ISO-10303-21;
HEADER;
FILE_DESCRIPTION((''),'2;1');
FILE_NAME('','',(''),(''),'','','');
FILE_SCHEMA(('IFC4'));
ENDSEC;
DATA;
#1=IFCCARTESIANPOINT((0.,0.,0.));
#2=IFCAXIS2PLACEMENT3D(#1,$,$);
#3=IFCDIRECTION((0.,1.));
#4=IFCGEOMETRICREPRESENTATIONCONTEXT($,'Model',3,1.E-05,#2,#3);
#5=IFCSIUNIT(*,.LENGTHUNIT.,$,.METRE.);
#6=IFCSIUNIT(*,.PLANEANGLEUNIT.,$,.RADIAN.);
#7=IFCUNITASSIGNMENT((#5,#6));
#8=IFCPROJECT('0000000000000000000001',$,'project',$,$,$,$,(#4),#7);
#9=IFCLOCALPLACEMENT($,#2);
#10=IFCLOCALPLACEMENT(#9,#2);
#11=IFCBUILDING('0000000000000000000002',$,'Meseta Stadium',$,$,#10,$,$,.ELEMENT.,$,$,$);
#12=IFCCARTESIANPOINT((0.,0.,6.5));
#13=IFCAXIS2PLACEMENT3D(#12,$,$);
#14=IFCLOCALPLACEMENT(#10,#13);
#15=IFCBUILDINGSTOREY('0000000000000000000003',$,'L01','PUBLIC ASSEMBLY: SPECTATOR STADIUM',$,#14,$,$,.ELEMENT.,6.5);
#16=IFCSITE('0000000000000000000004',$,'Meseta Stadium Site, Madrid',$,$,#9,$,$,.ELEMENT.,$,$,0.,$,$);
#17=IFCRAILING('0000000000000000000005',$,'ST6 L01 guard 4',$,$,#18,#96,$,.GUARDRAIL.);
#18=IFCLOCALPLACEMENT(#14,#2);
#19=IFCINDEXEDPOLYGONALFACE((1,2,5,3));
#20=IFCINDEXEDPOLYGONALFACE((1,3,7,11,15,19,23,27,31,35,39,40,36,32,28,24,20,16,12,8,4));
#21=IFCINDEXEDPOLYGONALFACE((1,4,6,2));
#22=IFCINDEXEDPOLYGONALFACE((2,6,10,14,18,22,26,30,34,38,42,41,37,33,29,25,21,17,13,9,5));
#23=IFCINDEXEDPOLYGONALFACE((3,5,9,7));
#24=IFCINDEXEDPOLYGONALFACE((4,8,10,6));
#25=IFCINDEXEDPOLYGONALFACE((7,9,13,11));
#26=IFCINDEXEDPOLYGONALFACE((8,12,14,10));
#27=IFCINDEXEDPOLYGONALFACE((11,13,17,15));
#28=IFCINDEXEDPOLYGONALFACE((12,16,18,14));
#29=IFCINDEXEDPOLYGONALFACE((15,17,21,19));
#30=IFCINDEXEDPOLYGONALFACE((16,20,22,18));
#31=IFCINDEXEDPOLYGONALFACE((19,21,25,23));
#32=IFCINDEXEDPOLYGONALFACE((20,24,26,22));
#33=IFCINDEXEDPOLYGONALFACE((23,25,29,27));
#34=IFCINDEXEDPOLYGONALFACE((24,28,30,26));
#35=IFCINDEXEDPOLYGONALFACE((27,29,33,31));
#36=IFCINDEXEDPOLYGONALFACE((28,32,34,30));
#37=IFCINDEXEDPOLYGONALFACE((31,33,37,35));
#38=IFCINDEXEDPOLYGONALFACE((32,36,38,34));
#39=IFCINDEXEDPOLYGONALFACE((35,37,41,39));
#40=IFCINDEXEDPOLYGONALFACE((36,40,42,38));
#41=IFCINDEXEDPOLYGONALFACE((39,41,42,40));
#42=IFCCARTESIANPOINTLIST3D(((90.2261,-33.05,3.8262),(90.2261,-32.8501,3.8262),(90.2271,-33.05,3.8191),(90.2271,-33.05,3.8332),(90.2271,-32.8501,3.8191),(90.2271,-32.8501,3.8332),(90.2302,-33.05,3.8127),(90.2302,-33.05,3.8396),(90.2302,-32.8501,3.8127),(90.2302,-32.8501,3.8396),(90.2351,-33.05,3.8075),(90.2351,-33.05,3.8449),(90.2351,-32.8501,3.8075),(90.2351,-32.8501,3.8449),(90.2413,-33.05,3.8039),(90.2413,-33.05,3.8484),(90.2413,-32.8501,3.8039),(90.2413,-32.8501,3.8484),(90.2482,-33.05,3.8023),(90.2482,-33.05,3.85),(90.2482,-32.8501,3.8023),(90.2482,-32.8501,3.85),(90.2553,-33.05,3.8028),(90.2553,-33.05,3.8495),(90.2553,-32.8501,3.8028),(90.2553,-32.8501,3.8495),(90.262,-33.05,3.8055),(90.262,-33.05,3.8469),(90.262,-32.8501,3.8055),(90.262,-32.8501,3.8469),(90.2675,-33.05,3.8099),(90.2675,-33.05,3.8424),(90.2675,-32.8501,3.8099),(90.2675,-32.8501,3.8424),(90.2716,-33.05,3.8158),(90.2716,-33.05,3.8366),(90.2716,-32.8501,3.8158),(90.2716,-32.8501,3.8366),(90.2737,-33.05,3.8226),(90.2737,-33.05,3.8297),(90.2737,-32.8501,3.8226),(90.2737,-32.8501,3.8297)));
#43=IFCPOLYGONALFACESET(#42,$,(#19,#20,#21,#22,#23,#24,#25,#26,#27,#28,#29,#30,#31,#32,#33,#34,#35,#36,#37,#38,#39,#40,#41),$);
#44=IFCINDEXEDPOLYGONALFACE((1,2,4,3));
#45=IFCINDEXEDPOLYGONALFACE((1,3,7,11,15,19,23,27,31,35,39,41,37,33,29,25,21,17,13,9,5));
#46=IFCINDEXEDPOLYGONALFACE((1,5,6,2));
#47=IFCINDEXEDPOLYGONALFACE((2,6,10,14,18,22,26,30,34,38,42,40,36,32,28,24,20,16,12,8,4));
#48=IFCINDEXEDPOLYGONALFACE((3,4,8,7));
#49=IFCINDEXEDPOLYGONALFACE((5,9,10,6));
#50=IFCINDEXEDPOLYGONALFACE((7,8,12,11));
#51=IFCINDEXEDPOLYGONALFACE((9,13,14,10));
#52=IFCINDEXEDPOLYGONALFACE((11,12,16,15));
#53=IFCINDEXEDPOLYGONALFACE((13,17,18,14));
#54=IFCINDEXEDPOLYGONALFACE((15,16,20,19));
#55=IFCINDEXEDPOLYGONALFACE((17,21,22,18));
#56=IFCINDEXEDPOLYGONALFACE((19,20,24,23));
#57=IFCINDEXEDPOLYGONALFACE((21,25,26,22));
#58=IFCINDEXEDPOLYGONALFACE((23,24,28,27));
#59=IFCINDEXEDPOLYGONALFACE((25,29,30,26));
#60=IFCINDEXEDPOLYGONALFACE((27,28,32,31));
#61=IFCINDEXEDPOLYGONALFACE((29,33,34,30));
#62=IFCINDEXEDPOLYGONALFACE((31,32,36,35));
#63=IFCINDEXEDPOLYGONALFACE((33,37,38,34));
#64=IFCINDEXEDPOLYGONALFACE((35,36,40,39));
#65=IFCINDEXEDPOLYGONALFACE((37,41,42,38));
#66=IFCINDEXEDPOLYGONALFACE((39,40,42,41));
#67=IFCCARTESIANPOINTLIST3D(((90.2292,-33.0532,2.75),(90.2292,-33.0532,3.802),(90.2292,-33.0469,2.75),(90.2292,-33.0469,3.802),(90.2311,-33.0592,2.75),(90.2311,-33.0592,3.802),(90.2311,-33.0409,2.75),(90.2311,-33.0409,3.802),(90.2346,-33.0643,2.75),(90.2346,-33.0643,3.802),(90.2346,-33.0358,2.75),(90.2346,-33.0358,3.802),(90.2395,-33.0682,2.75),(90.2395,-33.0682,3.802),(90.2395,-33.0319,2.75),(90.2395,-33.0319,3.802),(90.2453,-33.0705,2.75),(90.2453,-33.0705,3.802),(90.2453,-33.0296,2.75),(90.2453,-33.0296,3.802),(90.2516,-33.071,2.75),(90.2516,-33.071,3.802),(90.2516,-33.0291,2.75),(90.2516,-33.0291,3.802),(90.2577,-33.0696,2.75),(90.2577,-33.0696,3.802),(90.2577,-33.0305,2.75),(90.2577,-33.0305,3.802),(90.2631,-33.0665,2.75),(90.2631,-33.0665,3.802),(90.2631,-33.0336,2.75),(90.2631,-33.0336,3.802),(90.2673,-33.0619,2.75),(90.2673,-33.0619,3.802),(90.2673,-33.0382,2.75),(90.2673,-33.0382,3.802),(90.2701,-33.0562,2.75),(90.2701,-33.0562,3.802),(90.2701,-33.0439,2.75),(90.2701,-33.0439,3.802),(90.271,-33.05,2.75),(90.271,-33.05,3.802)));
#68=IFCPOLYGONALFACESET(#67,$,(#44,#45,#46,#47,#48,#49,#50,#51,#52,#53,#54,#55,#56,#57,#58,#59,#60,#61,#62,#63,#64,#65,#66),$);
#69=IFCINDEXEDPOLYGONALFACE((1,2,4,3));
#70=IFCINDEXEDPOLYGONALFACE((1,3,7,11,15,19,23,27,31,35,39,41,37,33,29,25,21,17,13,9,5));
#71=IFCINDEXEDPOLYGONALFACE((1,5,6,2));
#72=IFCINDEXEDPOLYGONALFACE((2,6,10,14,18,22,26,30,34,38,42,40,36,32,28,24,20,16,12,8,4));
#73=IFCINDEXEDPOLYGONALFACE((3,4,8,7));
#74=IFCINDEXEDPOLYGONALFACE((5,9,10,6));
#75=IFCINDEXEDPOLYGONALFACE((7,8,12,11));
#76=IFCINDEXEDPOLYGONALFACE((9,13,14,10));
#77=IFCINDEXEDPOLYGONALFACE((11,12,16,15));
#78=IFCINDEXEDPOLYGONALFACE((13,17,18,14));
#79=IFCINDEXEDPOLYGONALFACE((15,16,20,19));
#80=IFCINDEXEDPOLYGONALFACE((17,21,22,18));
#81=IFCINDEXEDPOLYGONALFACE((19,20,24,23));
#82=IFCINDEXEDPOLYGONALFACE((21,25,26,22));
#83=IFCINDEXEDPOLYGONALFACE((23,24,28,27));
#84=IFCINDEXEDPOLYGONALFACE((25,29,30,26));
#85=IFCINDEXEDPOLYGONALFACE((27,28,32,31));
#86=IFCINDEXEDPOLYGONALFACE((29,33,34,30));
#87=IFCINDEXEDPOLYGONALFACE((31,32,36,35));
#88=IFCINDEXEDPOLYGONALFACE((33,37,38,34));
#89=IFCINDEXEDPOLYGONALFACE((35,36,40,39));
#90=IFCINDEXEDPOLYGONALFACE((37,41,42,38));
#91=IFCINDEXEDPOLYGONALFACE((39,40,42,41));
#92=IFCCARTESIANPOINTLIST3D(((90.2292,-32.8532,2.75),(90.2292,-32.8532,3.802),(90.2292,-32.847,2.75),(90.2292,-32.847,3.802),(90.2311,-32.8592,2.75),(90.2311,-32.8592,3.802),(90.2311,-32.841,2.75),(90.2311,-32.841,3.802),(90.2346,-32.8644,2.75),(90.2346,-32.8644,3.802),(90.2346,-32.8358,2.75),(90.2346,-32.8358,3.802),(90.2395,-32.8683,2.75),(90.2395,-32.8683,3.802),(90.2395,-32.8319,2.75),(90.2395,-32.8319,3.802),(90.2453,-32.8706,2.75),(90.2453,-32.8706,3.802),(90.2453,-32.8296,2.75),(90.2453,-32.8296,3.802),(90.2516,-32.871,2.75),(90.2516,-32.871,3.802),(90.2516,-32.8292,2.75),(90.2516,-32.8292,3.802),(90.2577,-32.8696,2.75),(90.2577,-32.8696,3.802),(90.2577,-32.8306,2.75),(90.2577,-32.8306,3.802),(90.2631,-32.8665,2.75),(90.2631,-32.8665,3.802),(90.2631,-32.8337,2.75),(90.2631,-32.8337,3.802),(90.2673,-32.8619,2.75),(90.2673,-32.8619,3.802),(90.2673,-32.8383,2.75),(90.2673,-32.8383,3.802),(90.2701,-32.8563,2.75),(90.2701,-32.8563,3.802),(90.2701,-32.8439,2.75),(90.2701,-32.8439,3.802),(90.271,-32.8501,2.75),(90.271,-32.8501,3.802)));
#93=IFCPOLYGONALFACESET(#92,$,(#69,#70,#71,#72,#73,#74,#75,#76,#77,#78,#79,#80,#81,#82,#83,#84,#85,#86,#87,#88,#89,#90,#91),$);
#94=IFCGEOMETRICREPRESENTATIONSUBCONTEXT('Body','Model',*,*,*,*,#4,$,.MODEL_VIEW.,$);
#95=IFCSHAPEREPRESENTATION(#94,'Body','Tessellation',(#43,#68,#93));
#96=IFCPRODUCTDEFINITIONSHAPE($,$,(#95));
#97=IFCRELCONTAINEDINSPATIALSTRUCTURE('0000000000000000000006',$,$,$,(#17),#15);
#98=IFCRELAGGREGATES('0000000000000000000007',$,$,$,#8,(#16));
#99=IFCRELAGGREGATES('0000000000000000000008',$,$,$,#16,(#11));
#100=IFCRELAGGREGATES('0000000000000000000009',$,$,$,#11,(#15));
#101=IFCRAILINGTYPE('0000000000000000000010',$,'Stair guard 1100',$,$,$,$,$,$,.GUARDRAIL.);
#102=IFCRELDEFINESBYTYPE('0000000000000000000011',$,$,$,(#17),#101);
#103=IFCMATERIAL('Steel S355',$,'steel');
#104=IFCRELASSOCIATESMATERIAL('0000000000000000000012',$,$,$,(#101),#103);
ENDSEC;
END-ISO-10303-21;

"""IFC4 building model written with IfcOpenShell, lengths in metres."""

from ifc_helpers import new_model, si_unit, direction, frame, origin, origin_2d, place, context, subcontext, project, spatial, circle, extrude, material, type_object, element, save


model = new_model("IFC4")

# Units and contexts
model_context = context("Model", 3, precision=1e-05, world=origin(), true_north=direction((0.0, 1.0)))
body_context = subcontext(model_context, "Body", "Model", "MODEL_VIEW")
ifc_project = project(units=[si_unit("LENGTHUNIT", "METRE"), si_unit("PLANEANGLEUNIT", "RADIAN")], contexts=[model_context])

# Site, building, storey
site_placement = place(None, origin())
site = spatial("IfcSite", under=ifc_project, at=site_placement, Name="Meseta Stadium Site, Madrid", CompositionType="ELEMENT", RefElevation=0.0)
building_placement = place(site_placement, origin())
building = spatial("IfcBuilding", under=site, at=building_placement, Name="Meseta Stadium", CompositionType="ELEMENT")
storey_placement = place(building_placement, frame((0.0, 0.0, 6.5)))
storey = spatial("IfcBuildingStorey", under=building, at=storey_placement, Name="L01", Description="PUBLIC ASSEMBLY: SPECTATOR STADIUM", CompositionType="ELEMENT", Elevation=6.5)

# Railing
ifc_material_1 = material(Name="Steel S355", Category="steel")
railing_type_1 = type_object("IfcRailingType", Name="Stair guard 1100", PredefinedType="GUARDRAIL", material=ifc_material_1)
railing_1_placement = place(storey_placement, frame((90.25, -33.05, 2.75)))
element("IfcRailing", 1, at=railing_1_placement, inside=storey, type_object=railing_type_1, Name="ST6 L01 guard 4", PredefinedType="GUARDRAIL", context=body_context, shape_type="SweptSolid", body=[
    extrude(circle(Radius=0.0239, at=origin_2d()), frame((0.0, 0.0, 1.0762), z_axis=(0.0, 1.0, 0.0), x_axis=(-1.0, 0.0, 0.0)), (0.0, 0.0, 1.0), 0.2),
    extrude(circle(Radius=0.021, at=origin_2d()), origin(), (0.0, 0.0, 1.0), 1.052),
    extrude(circle(Radius=0.021, at=origin_2d()), frame((0.0, 0.2, 0.0)), (0.0, 0.0, 1.0), 1.052),
])

save(model, "model.ifc")
